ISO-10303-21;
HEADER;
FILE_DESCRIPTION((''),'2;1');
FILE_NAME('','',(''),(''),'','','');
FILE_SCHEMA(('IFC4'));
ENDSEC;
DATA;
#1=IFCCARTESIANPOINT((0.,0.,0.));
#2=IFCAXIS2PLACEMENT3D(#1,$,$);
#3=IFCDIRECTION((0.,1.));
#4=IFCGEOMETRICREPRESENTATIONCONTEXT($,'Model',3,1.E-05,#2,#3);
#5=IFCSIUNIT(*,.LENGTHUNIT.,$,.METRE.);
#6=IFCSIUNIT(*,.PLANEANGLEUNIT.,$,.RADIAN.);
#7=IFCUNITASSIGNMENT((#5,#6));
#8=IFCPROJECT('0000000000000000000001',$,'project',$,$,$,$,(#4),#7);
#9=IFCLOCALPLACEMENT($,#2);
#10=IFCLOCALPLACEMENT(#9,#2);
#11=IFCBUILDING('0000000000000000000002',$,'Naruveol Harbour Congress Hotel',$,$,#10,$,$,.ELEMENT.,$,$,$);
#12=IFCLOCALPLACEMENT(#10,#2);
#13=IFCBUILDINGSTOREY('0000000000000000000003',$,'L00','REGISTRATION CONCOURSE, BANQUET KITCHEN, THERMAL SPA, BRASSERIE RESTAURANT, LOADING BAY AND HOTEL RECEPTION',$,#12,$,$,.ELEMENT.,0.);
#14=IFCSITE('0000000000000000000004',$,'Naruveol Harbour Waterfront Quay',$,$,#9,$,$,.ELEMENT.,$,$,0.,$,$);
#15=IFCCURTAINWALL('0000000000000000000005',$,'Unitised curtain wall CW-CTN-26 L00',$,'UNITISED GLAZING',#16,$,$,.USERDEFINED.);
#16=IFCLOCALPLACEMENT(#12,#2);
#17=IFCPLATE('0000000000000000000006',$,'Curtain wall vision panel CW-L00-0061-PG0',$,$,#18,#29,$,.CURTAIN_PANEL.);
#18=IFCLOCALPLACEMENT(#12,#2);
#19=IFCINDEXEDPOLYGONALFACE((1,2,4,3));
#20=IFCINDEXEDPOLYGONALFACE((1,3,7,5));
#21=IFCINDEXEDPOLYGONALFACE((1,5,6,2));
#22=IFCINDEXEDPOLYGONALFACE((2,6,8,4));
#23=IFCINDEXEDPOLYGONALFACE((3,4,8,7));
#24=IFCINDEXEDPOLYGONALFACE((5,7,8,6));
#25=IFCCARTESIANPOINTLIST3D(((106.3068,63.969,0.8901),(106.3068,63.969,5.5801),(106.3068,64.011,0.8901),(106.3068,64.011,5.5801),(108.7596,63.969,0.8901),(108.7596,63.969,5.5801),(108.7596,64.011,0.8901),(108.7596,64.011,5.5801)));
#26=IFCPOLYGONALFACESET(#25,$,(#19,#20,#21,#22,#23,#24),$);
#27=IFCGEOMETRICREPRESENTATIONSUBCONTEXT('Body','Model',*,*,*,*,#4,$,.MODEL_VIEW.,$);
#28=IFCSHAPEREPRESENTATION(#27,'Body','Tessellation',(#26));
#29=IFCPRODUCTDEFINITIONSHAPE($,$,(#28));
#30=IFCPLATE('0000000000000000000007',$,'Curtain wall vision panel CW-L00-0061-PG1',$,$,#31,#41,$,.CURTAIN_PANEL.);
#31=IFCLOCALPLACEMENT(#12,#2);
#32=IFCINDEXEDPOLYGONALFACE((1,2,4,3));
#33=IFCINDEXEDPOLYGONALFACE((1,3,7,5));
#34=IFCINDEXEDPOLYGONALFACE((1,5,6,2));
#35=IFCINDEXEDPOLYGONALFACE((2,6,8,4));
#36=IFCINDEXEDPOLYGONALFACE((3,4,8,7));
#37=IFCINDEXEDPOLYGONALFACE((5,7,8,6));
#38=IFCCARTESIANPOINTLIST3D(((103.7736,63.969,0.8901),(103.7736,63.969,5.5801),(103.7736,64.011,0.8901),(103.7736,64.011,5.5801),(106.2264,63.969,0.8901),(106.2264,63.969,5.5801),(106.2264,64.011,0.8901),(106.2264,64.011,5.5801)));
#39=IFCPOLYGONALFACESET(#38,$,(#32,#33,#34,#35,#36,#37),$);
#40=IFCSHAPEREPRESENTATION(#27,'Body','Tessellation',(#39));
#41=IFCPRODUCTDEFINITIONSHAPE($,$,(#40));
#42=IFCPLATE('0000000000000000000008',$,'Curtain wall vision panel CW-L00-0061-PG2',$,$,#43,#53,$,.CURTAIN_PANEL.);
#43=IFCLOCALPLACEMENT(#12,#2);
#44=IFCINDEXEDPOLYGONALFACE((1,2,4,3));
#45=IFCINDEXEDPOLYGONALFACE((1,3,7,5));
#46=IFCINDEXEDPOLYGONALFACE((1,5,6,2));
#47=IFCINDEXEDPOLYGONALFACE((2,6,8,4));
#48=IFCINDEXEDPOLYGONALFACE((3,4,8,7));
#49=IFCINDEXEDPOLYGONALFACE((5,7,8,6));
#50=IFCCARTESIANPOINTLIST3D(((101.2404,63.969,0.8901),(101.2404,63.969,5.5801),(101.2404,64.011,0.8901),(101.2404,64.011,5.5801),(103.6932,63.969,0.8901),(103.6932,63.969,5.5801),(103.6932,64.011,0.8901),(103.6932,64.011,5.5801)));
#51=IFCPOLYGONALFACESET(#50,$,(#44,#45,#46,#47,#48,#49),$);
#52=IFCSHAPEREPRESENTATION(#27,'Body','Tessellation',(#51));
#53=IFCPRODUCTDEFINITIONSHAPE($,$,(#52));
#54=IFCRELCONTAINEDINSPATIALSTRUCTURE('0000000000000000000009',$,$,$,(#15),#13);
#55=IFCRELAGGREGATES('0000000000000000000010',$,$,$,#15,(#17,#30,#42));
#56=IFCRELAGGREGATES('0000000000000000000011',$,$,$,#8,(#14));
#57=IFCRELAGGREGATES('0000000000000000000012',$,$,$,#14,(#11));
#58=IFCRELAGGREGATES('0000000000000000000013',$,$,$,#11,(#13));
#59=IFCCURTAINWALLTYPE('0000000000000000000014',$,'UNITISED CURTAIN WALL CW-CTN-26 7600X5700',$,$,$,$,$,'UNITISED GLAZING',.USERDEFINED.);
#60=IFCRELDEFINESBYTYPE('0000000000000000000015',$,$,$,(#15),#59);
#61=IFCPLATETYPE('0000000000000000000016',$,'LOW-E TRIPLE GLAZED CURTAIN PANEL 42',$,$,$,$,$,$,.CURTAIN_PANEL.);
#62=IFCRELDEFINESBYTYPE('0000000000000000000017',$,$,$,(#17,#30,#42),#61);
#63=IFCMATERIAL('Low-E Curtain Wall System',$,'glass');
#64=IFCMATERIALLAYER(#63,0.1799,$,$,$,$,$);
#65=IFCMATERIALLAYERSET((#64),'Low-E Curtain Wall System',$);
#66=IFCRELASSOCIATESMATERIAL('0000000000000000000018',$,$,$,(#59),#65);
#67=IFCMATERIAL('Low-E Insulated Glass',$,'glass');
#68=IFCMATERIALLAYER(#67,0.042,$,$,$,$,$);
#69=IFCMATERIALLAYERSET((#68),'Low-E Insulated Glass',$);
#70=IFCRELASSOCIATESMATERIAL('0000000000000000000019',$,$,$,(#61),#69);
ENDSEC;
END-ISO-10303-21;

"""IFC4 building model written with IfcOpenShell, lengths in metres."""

from ifc_helpers import new_model, si_unit, direction, frame, origin, origin_2d, place, context, subcontext, project, spatial, rectangle, extrude, material, layer, layer_set, type_object, element, aggregate, save


model = new_model("IFC4")

# Units and contexts
model_context = context("Model", 3, precision=1e-05, world=origin(), true_north=direction((0.0, 1.0)))
body_context = subcontext(model_context, "Body", "Model", "MODEL_VIEW")
ifc_project = project(units=[si_unit("LENGTHUNIT", "METRE"), si_unit("PLANEANGLEUNIT", "RADIAN")], contexts=[model_context])

# Site, building, storey
site_placement = place(None, origin())
site = spatial("IfcSite", under=ifc_project, at=site_placement, Name="Naruveol Harbour Waterfront Quay", CompositionType="ELEMENT", RefElevation=0.0)
building_placement = place(site_placement, origin())
building = spatial("IfcBuilding", under=site, at=building_placement, Name="Naruveol Harbour Congress Hotel", CompositionType="ELEMENT")
storey_placement = place(building_placement, origin())
storey = spatial("IfcBuildingStorey", under=building, at=storey_placement, Name="L00", Description="REGISTRATION CONCOURSE, BANQUET KITCHEN, THERMAL SPA, BRASSERIE RESTAURANT, LOADING BAY AND HOTEL RECEPTION", CompositionType="ELEMENT", Elevation=0.0)

# Shared definitions
ifc_material_1 = material(Name="Low-E Curtain Wall System", Category="glass")
ifc_layer_1 = layer(ifc_material_1, 0.1799)
ifc_layer_set_1 = layer_set([ifc_layer_1], Name="Low-E Curtain Wall System")
curtain_wall_type_1 = type_object("IfcCurtainWallType", Name="UNITISED CURTAIN WALL CW-CTN-26 7600X5700", ElementType="UNITISED GLAZING", PredefinedType="USERDEFINED", material=ifc_layer_set_1)

# Curtain wall
curtain_wall_1_placement = place(storey_placement, origin())
curtain_wall_1 = element("IfcCurtainWall", 1, at=curtain_wall_1_placement, inside=storey, type_object=curtain_wall_type_1, Name="Unitised curtain wall CW-CTN-26 L00", ObjectType="UNITISED GLAZING", PredefinedType="USERDEFINED")

# Plates
ifc_material_2 = material(Name="Low-E Insulated Glass", Category="glass")
ifc_layer_2 = layer(ifc_material_2, 0.042)
ifc_layer_set_2 = layer_set([ifc_layer_2], Name="Low-E Insulated Glass")
plate_type_1 = type_object("IfcPlateType", Name="LOW-E TRIPLE GLAZED CURTAIN PANEL 42", PredefinedType="CURTAIN_PANEL", material=ifc_layer_set_2)
plate_1_placement = place(storey_placement, frame((107.5332, 63.99, 0.8901), z_axis=(0.0, 0.0, 1.0), x_axis=(-1.0, 0.0, 0.0)))
plate_1 = element("IfcPlate", 2, at=plate_1_placement, type_object=plate_type_1, Name="Curtain wall vision panel CW-L00-0061-PG0", PredefinedType="CURTAIN_PANEL", context=body_context, shape_type="SweptSolid", body=[
    extrude(rectangle(XDim=2.4529, YDim=0.042, at=origin_2d()), origin(), (0.0, 0.0, 1.0), 4.6899),
])
plate_2_placement = place(storey_placement, frame((105.0, 63.99, 0.8901), z_axis=(0.0, 0.0, 1.0), x_axis=(-1.0, 0.0, 0.0)))
plate_2 = element("IfcPlate", 3, at=plate_2_placement, type_object=plate_type_1, Name="Curtain wall vision panel CW-L00-0061-PG1", PredefinedType="CURTAIN_PANEL", context=body_context, shape_type="SweptSolid", body=[
    extrude(rectangle(XDim=2.4529, YDim=0.042, at=origin_2d()), origin(), (0.0, 0.0, 1.0), 4.6899),
])
plate_3_placement = place(storey_placement, frame((102.4668, 63.99, 0.8901), z_axis=(0.0, 0.0, 1.0), x_axis=(-1.0, 0.0, 0.0)))
plate_3 = element("IfcPlate", 4, at=plate_3_placement, type_object=plate_type_1, Name="Curtain wall vision panel CW-L00-0061-PG2", PredefinedType="CURTAIN_PANEL", context=body_context, shape_type="SweptSolid", body=[
    extrude(rectangle(XDim=2.4529, YDim=0.042, at=origin_2d()), origin(), (0.0, 0.0, 1.0), 4.6899),
])
aggregate(curtain_wall_1, [plate_1, plate_2, plate_3])

save(model, "model.ifc")
